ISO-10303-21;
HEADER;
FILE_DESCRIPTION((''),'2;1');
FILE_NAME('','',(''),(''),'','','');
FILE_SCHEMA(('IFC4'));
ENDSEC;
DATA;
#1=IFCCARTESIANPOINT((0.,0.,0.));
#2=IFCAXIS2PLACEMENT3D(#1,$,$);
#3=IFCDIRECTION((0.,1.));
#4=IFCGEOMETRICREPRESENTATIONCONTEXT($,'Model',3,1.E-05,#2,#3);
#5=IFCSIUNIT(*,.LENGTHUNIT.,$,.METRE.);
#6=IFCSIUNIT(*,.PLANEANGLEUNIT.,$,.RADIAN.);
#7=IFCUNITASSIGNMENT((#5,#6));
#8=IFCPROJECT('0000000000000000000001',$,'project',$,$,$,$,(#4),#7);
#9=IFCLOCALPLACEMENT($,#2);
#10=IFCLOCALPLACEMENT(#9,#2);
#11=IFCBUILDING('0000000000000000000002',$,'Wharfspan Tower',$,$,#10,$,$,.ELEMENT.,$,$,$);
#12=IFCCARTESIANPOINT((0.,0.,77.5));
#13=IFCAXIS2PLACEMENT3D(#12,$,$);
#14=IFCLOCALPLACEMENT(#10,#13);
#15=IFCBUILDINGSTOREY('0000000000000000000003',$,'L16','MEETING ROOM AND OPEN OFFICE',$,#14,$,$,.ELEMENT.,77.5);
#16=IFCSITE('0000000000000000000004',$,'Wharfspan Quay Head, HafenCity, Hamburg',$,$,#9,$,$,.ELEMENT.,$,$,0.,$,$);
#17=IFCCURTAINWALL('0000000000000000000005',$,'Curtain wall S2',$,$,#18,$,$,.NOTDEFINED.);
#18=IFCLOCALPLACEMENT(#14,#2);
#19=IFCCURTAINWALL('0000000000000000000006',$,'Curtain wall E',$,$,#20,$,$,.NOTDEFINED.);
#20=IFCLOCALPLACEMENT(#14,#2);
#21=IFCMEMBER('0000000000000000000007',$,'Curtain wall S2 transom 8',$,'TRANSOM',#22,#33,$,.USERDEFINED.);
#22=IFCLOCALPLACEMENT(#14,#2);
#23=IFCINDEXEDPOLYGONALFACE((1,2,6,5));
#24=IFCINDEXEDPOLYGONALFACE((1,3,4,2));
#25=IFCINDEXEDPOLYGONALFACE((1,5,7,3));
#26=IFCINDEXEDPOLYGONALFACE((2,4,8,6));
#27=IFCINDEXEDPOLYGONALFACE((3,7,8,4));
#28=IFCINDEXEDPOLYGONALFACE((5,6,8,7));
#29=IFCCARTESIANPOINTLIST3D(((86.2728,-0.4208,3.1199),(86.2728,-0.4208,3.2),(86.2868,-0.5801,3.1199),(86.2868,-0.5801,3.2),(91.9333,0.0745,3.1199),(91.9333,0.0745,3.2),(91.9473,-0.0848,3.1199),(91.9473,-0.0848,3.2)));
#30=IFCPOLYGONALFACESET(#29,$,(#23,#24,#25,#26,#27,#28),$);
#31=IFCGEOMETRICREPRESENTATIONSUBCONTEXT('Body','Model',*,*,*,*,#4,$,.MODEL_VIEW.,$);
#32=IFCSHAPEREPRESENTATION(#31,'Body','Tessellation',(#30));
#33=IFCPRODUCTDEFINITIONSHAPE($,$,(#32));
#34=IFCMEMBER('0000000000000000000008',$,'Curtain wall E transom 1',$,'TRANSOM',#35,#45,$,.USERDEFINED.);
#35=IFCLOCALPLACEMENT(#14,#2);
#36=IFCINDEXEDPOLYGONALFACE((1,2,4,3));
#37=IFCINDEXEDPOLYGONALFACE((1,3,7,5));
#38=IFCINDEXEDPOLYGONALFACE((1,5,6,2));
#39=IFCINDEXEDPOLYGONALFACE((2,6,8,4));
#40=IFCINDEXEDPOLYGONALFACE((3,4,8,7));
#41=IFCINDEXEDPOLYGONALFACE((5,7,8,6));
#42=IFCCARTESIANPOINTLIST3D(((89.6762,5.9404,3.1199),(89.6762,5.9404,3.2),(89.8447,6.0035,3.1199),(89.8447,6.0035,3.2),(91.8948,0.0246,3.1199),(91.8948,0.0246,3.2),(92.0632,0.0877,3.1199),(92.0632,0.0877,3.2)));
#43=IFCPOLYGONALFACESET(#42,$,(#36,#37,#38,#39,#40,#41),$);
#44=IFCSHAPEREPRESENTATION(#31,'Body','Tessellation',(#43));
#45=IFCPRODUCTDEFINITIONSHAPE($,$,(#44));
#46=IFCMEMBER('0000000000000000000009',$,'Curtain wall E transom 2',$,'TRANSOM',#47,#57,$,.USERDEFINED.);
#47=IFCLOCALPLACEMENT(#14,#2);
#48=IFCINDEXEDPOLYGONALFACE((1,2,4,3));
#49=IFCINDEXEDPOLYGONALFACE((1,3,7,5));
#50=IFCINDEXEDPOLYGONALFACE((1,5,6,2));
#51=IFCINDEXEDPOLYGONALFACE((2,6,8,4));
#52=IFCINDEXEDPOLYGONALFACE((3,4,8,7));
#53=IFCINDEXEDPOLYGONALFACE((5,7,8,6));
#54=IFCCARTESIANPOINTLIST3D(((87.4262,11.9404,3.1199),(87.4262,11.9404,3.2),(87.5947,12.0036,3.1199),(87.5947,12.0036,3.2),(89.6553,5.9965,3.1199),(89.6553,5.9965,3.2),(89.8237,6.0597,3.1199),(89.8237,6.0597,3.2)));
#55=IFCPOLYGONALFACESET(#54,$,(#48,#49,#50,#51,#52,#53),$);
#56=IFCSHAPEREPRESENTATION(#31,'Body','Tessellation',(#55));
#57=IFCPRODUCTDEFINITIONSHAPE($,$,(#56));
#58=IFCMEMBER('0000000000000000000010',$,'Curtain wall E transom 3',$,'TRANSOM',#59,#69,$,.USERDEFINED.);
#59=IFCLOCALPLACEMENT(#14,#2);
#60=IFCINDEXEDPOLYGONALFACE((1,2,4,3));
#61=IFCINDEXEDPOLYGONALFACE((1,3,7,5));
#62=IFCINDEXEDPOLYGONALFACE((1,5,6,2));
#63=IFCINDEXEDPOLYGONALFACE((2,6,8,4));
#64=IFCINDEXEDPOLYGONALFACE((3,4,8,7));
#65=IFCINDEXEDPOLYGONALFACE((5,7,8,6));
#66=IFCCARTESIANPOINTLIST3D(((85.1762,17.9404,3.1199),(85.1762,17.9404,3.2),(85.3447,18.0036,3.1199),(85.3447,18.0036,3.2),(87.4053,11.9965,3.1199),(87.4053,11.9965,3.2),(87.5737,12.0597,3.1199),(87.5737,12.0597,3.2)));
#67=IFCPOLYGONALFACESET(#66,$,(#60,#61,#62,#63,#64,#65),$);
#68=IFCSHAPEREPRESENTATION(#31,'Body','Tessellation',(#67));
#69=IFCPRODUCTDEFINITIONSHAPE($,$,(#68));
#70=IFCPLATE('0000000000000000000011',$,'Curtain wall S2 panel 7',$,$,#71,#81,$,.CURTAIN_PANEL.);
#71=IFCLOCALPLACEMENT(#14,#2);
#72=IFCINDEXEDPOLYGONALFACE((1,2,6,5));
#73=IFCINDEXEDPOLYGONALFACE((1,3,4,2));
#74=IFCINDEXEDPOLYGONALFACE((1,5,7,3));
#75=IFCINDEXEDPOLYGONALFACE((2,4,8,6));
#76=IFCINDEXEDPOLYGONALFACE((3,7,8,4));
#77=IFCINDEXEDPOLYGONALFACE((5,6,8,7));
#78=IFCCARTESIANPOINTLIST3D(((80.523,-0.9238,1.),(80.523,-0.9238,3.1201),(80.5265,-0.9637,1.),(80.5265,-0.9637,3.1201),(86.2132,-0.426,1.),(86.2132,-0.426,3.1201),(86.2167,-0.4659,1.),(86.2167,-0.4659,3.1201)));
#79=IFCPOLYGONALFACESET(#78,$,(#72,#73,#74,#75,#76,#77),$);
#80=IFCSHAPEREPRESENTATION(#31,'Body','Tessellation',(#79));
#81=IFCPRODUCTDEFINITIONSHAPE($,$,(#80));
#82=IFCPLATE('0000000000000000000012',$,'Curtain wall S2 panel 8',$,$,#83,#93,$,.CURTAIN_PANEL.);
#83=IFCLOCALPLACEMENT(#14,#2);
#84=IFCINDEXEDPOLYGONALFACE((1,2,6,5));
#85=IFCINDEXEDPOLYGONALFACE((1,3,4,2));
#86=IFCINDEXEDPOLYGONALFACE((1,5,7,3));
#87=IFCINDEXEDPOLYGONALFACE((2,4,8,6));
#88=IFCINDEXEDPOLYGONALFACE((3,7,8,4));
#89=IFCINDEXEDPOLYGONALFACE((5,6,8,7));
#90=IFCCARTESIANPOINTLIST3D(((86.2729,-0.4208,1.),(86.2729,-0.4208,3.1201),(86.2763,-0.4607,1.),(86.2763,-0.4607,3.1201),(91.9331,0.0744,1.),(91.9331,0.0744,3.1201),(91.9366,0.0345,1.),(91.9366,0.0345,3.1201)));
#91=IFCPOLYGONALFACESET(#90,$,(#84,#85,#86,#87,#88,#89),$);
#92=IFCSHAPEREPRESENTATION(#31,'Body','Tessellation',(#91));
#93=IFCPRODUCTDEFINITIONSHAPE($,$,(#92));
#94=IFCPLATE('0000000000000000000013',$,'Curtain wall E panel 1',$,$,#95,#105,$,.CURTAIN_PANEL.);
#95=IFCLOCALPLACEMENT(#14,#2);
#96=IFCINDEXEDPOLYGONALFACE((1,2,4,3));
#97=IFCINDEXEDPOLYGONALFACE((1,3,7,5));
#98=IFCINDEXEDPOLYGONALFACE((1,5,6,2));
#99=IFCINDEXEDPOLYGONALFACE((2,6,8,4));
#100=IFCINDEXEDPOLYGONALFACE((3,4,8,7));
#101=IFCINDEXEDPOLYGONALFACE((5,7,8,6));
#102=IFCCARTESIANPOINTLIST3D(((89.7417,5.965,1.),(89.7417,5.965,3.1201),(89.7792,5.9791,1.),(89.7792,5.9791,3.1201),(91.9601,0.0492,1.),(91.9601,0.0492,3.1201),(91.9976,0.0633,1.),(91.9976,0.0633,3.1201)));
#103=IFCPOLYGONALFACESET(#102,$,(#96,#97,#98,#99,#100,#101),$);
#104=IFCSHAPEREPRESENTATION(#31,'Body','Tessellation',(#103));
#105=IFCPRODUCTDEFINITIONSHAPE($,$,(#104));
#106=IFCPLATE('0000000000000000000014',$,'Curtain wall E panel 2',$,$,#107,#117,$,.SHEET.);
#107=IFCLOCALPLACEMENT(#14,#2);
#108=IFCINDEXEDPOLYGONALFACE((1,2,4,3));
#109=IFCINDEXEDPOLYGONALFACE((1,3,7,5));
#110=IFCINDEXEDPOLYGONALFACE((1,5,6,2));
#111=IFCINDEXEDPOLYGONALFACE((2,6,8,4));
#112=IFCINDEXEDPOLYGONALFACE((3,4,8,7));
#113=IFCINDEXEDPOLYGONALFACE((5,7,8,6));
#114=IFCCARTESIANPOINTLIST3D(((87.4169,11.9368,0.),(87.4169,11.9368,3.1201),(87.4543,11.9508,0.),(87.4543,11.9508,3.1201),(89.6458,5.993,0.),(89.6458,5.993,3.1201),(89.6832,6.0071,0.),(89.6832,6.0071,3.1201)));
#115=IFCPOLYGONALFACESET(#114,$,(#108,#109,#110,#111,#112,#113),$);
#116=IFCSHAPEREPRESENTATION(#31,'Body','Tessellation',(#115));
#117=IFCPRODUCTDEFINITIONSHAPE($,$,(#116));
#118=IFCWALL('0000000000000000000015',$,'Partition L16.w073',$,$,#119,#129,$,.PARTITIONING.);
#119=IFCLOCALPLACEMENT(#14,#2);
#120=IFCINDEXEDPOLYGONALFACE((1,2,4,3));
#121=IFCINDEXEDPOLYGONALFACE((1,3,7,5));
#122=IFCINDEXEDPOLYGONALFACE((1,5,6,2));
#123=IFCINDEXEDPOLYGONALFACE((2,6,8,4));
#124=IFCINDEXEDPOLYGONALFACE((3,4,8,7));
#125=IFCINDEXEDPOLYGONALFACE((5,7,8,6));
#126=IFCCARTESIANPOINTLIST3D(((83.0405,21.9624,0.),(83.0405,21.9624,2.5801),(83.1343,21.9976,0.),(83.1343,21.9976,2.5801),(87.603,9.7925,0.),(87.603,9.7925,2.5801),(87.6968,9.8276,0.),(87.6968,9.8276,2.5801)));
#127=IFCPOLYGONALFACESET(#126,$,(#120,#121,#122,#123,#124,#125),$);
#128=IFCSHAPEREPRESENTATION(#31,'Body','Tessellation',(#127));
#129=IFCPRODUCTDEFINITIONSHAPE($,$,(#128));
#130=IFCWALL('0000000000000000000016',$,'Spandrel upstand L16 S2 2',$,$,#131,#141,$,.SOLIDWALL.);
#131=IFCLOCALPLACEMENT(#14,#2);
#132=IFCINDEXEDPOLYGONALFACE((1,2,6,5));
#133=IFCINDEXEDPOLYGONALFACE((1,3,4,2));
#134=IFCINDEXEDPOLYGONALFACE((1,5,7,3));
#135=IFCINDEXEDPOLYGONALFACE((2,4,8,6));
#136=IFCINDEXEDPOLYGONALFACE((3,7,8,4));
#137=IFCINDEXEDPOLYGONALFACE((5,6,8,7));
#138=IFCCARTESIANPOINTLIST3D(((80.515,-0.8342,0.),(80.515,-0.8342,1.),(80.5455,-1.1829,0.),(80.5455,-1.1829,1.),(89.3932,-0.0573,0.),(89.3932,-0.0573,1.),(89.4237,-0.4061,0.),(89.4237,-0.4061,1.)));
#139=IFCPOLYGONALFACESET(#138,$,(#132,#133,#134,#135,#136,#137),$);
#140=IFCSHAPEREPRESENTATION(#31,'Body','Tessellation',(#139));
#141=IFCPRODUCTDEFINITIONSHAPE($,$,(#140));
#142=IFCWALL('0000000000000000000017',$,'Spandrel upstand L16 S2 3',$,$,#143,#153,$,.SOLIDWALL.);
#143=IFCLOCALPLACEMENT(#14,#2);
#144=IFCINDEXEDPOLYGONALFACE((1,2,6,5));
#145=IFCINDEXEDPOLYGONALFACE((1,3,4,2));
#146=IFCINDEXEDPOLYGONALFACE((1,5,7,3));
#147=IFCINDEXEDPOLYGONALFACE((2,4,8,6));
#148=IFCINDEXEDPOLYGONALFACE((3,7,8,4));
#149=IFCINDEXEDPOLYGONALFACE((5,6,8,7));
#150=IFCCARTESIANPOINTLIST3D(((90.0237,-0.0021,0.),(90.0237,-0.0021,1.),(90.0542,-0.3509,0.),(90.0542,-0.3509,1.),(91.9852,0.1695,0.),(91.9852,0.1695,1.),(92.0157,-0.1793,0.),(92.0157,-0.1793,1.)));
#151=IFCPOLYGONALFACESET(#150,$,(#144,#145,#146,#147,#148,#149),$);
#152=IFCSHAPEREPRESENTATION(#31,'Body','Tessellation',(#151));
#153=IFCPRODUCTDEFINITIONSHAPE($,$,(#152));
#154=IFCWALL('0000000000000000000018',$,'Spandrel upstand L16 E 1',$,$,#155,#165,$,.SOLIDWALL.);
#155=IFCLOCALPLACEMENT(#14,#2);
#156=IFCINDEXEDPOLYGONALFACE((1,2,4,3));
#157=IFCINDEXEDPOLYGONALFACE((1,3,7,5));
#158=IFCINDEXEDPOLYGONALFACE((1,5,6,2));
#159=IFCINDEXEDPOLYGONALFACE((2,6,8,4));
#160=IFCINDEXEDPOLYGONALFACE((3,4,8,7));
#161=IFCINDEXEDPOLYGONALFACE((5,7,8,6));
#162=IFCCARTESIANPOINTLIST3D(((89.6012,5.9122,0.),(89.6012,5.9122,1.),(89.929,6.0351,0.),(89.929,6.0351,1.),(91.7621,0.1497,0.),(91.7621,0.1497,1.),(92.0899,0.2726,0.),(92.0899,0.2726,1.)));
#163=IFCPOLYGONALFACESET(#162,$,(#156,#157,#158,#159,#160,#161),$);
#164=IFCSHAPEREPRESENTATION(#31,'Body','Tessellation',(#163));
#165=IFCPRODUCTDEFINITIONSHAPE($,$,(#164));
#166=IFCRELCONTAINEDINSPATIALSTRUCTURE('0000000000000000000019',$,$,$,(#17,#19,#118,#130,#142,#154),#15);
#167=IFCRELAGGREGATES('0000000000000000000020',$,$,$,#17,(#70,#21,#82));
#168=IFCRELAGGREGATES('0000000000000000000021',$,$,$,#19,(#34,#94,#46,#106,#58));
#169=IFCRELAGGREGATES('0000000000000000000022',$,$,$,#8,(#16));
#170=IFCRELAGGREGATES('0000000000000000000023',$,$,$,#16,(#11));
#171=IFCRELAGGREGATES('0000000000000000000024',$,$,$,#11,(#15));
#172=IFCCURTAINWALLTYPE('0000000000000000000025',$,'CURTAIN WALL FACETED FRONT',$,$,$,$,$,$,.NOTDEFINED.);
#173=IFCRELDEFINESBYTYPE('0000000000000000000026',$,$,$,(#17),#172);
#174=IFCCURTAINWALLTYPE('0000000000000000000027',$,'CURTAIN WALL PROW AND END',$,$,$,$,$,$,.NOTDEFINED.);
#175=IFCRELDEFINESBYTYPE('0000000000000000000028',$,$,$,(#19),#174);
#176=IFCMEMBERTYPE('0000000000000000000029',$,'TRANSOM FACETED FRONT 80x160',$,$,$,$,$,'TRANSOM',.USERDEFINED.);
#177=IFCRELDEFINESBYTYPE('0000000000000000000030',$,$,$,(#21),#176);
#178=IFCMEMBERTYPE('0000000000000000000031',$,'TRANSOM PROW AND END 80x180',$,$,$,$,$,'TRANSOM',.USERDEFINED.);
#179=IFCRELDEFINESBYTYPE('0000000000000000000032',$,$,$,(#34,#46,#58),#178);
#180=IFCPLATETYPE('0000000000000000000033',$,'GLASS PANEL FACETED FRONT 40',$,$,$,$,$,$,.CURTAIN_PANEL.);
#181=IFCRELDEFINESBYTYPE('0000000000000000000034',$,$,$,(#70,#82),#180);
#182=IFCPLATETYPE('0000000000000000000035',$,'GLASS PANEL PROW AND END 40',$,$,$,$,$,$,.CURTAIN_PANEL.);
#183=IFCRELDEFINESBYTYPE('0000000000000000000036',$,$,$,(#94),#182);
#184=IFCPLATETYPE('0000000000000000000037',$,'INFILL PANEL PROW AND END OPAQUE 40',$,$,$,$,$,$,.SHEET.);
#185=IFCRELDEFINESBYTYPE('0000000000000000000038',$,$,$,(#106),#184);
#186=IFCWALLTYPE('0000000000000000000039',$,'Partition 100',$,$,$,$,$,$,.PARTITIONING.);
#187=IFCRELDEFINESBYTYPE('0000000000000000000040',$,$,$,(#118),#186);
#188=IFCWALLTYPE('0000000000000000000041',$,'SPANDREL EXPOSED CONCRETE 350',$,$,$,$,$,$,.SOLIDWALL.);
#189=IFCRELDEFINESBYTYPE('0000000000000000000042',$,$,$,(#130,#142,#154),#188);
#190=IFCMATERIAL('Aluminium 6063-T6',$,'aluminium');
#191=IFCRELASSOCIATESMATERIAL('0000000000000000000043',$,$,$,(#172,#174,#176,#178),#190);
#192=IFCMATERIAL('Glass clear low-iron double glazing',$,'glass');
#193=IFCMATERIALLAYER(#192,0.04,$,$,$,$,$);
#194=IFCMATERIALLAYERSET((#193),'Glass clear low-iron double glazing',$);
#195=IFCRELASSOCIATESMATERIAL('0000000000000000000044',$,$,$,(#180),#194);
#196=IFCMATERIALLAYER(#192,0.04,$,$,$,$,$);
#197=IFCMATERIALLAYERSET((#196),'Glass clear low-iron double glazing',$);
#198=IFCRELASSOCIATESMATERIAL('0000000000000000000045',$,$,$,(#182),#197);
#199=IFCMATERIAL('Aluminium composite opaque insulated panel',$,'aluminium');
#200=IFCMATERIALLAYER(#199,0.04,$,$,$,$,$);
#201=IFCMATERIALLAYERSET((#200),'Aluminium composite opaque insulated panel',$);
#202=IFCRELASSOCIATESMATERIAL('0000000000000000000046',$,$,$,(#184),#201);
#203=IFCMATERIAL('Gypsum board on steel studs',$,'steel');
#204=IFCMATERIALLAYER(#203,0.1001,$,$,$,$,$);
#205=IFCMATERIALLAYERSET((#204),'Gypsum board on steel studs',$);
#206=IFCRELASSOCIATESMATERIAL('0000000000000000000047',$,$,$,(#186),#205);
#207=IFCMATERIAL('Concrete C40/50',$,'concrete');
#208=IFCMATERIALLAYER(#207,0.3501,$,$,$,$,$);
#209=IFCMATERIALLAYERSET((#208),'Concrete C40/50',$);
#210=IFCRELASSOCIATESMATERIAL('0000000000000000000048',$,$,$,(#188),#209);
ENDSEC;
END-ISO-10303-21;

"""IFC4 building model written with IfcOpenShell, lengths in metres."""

from ifc_helpers import new_model, si_unit, direction, frame, frame_2d, origin, origin_2d, place, context, subcontext, project, spatial, rectangle, extrude, material, layer, layer_set, material_profile, profile_set, type_object, element, aggregate, save


model = new_model("IFC4")

# Units and contexts
model_context = context("Model", 3, precision=1e-05, world=origin(), true_north=direction((0.0, 1.0)))
body_context = subcontext(model_context, "Body", "Model", "MODEL_VIEW")
ifc_project = project(units=[si_unit("LENGTHUNIT", "METRE"), si_unit("PLANEANGLEUNIT", "RADIAN")], contexts=[model_context])

# Site, building, storey
site_placement = place(None, origin())
site = spatial("IfcSite", under=ifc_project, at=site_placement, Name="Wharfspan Quay Head, HafenCity, Hamburg", CompositionType="ELEMENT", RefElevation=0.0)
building_placement = place(site_placement, origin())
building = spatial("IfcBuilding", under=site, at=building_placement, Name="Wharfspan Tower", CompositionType="ELEMENT")
storey_placement = place(building_placement, frame((0.0, 0.0, 77.5)))
storey = spatial("IfcBuildingStorey", under=building, at=storey_placement, Name="L16", Description="MEETING ROOM AND OPEN OFFICE", CompositionType="ELEMENT", Elevation=77.5)

# Curtain walls
ifc_material_1 = material(Name="Aluminium 6063-T6", Category="aluminium")
curtain_wall_type_1 = type_object("IfcCurtainWallType", Name="CURTAIN WALL FACETED FRONT", PredefinedType="NOTDEFINED", material=ifc_material_1)
curtain_wall_1_placement = place(storey_placement, origin())
curtain_wall_1 = element("IfcCurtainWall", 1, at=curtain_wall_1_placement, inside=storey, type_object=curtain_wall_type_1, Name="Curtain wall S2", PredefinedType="NOTDEFINED")
curtain_wall_type_2 = type_object("IfcCurtainWallType", Name="CURTAIN WALL PROW AND END", PredefinedType="NOTDEFINED", material=ifc_material_1)
curtain_wall_2_placement = place(storey_placement, origin())
curtain_wall_2 = element("IfcCurtainWall", 2, at=curtain_wall_2_placement, inside=storey, type_object=curtain_wall_type_2, Name="Curtain wall E", PredefinedType="NOTDEFINED")

# Members
ifc_material_profile_1 = material_profile(ifc_material_1, rectangle(XDim=0.1599, YDim=0.0801, at=origin_2d()))
ifc_profile_set_1 = profile_set([ifc_material_profile_1], Name="Aluminium 6063-T6")
member_type_1 = type_object("IfcMemberType", Name="TRANSOM FACETED FRONT 80x160", ElementType="TRANSOM", PredefinedType="USERDEFINED", material=ifc_profile_set_1)
member_1_placement = place(storey_placement, frame((86.2798, -0.5005, 3.1599), z_axis=(0.996193, 0.08718, 0.0), x_axis=(-0.08718, 0.996193, 0.0)))
member_1 = element("IfcMember", 3, at=member_1_placement, type_object=member_type_1, Name="Curtain wall S2 transom 8", ObjectType="TRANSOM", PredefinedType="USERDEFINED", context=body_context, shape_type="SweptSolid", body=[
    extrude(rectangle(XDim=0.1599, YDim=0.0801, at=origin_2d()), origin(), (0.0, 0.0, 1.0), 5.6821),
])
ifc_material_profile_2 = material_profile(ifc_material_1, rectangle(XDim=0.1799, YDim=0.0801, at=origin_2d()))
ifc_profile_set_2 = profile_set([ifc_material_profile_2], Name="Aluminium 6063-T6")
member_type_2 = type_object("IfcMemberType", Name="TRANSOM PROW AND END 80x180", ElementType="TRANSOM", PredefinedType="USERDEFINED", material=ifc_profile_set_2)
member_2_placement = place(storey_placement, frame((91.979, 0.0562, 3.1599), z_axis=(-0.351136, 0.936324, 0.0), x_axis=(-0.936324, -0.351136, 0.0)))
member_2 = element("IfcMember", 4, at=member_2_placement, type_object=member_type_2, Name="Curtain wall E transom 1", ObjectType="TRANSOM", PredefinedType="USERDEFINED", context=body_context, shape_type="SweptSolid", body=[
    extrude(rectangle(XDim=0.1799, YDim=0.0801, at=origin_2d()), origin(), (0.0, 0.0, 1.0), 6.3181),
])
member_3_placement = place(storey_placement, frame((89.7395, 6.0281, 3.1599), z_axis=(-0.351132, 0.936326, 0.0), x_axis=(-0.936326, -0.351132, 0.0)))
member_3 = element("IfcMember", 5, at=member_3_placement, type_object=member_type_2, Name="Curtain wall E transom 2", ObjectType="TRANSOM", PredefinedType="USERDEFINED", context=body_context, shape_type="SweptSolid", body=[
    extrude(rectangle(XDim=0.1799, YDim=0.0801, at=origin_2d()), origin(), (0.0, 0.0, 1.0), 6.3481),
])
member_4_placement = place(storey_placement, frame((87.4895, 12.0281, 3.1599), z_axis=(-0.351132, 0.936326, 0.0), x_axis=(-0.936326, -0.351132, 0.0)))
member_4 = element("IfcMember", 6, at=member_4_placement, type_object=member_type_2, Name="Curtain wall E transom 3", ObjectType="TRANSOM", PredefinedType="USERDEFINED", context=body_context, shape_type="SweptSolid", body=[
    extrude(rectangle(XDim=0.1799, YDim=0.0801, at=origin_2d()), origin(), (0.0, 0.0, 1.0), 6.3481),
])

# Plates
ifc_material_2 = material(Name="Glass clear low-iron double glazing", Category="glass")
ifc_layer_1 = layer(ifc_material_2, 0.04)
ifc_layer_set_1 = layer_set([ifc_layer_1], Name="Glass clear low-iron double glazing")
plate_type_1 = type_object("IfcPlateType", Name="GLASS PANEL FACETED FRONT 40", PredefinedType="CURTAIN_PANEL", material=ifc_layer_set_1)
plate_1_placement = place(storey_placement, frame((83.3699, -0.6948, 1.0), z_axis=(0.0, 0.0, 1.0), x_axis=(0.996197, 0.087156, 0.0)))
plate_1 = element("IfcPlate", 7, at=plate_1_placement, type_object=plate_type_1, Name="Curtain wall S2 panel 7", PredefinedType="CURTAIN_PANEL", context=body_context, shape_type="SweptSolid", body=[
    extrude(rectangle(XDim=5.7119, YDim=0.04, at=origin_2d()), origin(), (0.0, 0.0, 1.0), 2.1201),
])
plate_2_placement = place(storey_placement, frame((89.1047, -0.1931, 1.0), z_axis=(0.0, 0.0, 1.0), x_axis=(0.996197, 0.087156, 0.0)))
plate_2 = element("IfcPlate", 8, at=plate_2_placement, type_object=plate_type_1, Name="Curtain wall S2 panel 8", PredefinedType="CURTAIN_PANEL", context=body_context, shape_type="SweptSolid", body=[
    extrude(rectangle(XDim=5.6819, YDim=0.04, at=origin_2d()), origin(), (0.0, 0.0, 1.0), 2.1201),
])
aggregate(curtain_wall_1, [plate_1, member_1, plate_2])
ifc_layer_2 = layer(ifc_material_2, 0.04)
ifc_layer_set_2 = layer_set([ifc_layer_2], Name="Glass clear low-iron double glazing")
plate_type_2 = type_object("IfcPlateType", Name="GLASS PANEL PROW AND END 40", PredefinedType="CURTAIN_PANEL", material=ifc_layer_set_2)
plate_3_placement = place(storey_placement, frame((90.8696, 3.0142, 1.0), z_axis=(0.0, 0.0, 1.0), x_axis=(-0.351123, 0.936328, 0.0)))
plate_3 = element("IfcPlate", 9, at=plate_3_placement, type_object=plate_type_2, Name="Curtain wall E panel 1", PredefinedType="CURTAIN_PANEL", context=body_context, shape_type="SweptSolid", body=[
    extrude(rectangle(XDim=6.3181, YDim=0.04, at=origin_2d()), origin(), (0.0, 0.0, 1.0), 2.1201),
])
ifc_material_3 = material(Name="Aluminium composite opaque insulated panel", Category="aluminium")
ifc_layer_3 = layer(ifc_material_3, 0.04)
ifc_layer_set_3 = layer_set([ifc_layer_3], Name="Aluminium composite opaque insulated panel")
plate_type_3 = type_object("IfcPlateType", Name="INFILL PANEL PROW AND END OPAQUE 40", PredefinedType="SHEET", material=ifc_layer_set_3)
plate_4_placement = place(storey_placement, frame((88.55, 8.9719, 0.0), z_axis=(0.0, 0.0, 1.0), x_axis=(-0.351123, 0.936328, 0.0)))
plate_4 = element("IfcPlate", 10, at=plate_4_placement, type_object=plate_type_3, Name="Curtain wall E panel 2", PredefinedType="SHEET", context=body_context, shape_type="SweptSolid", body=[
    extrude(rectangle(XDim=6.3479, YDim=0.04, at=origin_2d()), origin(), (0.0, 0.0, 1.0), 3.1201),
])
aggregate(curtain_wall_2, [member_2, plate_3, member_3, plate_4, member_4])

# Walls
ifc_material_4 = material(Name="Gypsum board on steel studs", Category="steel")
ifc_layer_4 = layer(ifc_material_4, 0.1001)
ifc_layer_set_4 = layer_set([ifc_layer_4], Name="Gypsum board on steel studs")
wall_type_1 = type_object("IfcWallType", Name="Partition 100", PredefinedType="PARTITIONING", material=ifc_layer_set_4)
wall_1_placement = place(storey_placement, frame((87.6499, 9.8101, 0.0), z_axis=(0.0, 0.0, 1.0), x_axis=(-0.35104, 0.936357, 0.0)))
element("IfcWall", 11, at=wall_1_placement, inside=storey, type_object=wall_type_1, Name="Partition L16.w073", PredefinedType="PARTITIONING", context=body_context, shape_type="SweptSolid", body=[
    extrude(rectangle(XDim=12.9971, YDim=0.1001, at=frame_2d((6.4985, 0.0))), origin(), (0.0, 0.0, 1.0), 2.5801),
])
ifc_material_5 = material(Name="Concrete C40/50", Category="concrete")
ifc_layer_5 = layer(ifc_material_5, 0.3501)
ifc_layer_set_5 = layer_set([ifc_layer_5], Name="Concrete C40/50")
wall_type_2 = type_object("IfcWallType", Name="SPANDREL EXPOSED CONCRETE 350", PredefinedType="SOLIDWALL", material=ifc_layer_set_5)
wall_2_placement = place(storey_placement, frame((80.5303, -1.0085, 0.0), z_axis=(0.0, 0.0, 1.0), x_axis=(0.996198, 0.087169, 0.0)))
element("IfcWall", 12, at=wall_2_placement, inside=storey, type_object=wall_type_2, Name="Spandrel upstand L16 S2 2", PredefinedType="SOLIDWALL", context=body_context, shape_type="SweptSolid", body=[
    extrude(rectangle(XDim=8.9121, YDim=0.3501, at=frame_2d((4.4561, 0.0))), origin(), (0.0, 0.0, 1.0), 1.0),
])
wall_3_placement = place(storey_placement, frame((90.0391, -0.1765, 0.0), z_axis=(0.0, 0.0, 1.0), x_axis=(0.996193, 0.08717, 0.0)))
element("IfcWall", 13, at=wall_3_placement, inside=storey, type_object=wall_type_2, Name="Spandrel upstand L16 S2 3", PredefinedType="SOLIDWALL", context=body_context, shape_type="SweptSolid", body=[
    extrude(rectangle(XDim=1.969, YDim=0.3501, at=frame_2d((0.9844, 0.0))), origin(), (0.0, 0.0, 1.0), 1.0),
])
wall_4_placement = place(storey_placement, frame((91.926, 0.2112, 0.0), z_axis=(0.0, 0.0, 1.0), x_axis=(-0.351118, 0.936328, 0.0)))
element("IfcWall", 14, at=wall_4_placement, inside=storey, type_object=wall_type_2, Name="Spandrel upstand L16 E 1", PredefinedType="SOLIDWALL", context=body_context, shape_type="SweptSolid", body=[
    extrude(rectangle(XDim=6.1543, YDim=0.3501, at=frame_2d((3.0771, 0.0))), origin(), (0.0, 0.0, 1.0), 1.0),
])

save(model, "model.ifc")
